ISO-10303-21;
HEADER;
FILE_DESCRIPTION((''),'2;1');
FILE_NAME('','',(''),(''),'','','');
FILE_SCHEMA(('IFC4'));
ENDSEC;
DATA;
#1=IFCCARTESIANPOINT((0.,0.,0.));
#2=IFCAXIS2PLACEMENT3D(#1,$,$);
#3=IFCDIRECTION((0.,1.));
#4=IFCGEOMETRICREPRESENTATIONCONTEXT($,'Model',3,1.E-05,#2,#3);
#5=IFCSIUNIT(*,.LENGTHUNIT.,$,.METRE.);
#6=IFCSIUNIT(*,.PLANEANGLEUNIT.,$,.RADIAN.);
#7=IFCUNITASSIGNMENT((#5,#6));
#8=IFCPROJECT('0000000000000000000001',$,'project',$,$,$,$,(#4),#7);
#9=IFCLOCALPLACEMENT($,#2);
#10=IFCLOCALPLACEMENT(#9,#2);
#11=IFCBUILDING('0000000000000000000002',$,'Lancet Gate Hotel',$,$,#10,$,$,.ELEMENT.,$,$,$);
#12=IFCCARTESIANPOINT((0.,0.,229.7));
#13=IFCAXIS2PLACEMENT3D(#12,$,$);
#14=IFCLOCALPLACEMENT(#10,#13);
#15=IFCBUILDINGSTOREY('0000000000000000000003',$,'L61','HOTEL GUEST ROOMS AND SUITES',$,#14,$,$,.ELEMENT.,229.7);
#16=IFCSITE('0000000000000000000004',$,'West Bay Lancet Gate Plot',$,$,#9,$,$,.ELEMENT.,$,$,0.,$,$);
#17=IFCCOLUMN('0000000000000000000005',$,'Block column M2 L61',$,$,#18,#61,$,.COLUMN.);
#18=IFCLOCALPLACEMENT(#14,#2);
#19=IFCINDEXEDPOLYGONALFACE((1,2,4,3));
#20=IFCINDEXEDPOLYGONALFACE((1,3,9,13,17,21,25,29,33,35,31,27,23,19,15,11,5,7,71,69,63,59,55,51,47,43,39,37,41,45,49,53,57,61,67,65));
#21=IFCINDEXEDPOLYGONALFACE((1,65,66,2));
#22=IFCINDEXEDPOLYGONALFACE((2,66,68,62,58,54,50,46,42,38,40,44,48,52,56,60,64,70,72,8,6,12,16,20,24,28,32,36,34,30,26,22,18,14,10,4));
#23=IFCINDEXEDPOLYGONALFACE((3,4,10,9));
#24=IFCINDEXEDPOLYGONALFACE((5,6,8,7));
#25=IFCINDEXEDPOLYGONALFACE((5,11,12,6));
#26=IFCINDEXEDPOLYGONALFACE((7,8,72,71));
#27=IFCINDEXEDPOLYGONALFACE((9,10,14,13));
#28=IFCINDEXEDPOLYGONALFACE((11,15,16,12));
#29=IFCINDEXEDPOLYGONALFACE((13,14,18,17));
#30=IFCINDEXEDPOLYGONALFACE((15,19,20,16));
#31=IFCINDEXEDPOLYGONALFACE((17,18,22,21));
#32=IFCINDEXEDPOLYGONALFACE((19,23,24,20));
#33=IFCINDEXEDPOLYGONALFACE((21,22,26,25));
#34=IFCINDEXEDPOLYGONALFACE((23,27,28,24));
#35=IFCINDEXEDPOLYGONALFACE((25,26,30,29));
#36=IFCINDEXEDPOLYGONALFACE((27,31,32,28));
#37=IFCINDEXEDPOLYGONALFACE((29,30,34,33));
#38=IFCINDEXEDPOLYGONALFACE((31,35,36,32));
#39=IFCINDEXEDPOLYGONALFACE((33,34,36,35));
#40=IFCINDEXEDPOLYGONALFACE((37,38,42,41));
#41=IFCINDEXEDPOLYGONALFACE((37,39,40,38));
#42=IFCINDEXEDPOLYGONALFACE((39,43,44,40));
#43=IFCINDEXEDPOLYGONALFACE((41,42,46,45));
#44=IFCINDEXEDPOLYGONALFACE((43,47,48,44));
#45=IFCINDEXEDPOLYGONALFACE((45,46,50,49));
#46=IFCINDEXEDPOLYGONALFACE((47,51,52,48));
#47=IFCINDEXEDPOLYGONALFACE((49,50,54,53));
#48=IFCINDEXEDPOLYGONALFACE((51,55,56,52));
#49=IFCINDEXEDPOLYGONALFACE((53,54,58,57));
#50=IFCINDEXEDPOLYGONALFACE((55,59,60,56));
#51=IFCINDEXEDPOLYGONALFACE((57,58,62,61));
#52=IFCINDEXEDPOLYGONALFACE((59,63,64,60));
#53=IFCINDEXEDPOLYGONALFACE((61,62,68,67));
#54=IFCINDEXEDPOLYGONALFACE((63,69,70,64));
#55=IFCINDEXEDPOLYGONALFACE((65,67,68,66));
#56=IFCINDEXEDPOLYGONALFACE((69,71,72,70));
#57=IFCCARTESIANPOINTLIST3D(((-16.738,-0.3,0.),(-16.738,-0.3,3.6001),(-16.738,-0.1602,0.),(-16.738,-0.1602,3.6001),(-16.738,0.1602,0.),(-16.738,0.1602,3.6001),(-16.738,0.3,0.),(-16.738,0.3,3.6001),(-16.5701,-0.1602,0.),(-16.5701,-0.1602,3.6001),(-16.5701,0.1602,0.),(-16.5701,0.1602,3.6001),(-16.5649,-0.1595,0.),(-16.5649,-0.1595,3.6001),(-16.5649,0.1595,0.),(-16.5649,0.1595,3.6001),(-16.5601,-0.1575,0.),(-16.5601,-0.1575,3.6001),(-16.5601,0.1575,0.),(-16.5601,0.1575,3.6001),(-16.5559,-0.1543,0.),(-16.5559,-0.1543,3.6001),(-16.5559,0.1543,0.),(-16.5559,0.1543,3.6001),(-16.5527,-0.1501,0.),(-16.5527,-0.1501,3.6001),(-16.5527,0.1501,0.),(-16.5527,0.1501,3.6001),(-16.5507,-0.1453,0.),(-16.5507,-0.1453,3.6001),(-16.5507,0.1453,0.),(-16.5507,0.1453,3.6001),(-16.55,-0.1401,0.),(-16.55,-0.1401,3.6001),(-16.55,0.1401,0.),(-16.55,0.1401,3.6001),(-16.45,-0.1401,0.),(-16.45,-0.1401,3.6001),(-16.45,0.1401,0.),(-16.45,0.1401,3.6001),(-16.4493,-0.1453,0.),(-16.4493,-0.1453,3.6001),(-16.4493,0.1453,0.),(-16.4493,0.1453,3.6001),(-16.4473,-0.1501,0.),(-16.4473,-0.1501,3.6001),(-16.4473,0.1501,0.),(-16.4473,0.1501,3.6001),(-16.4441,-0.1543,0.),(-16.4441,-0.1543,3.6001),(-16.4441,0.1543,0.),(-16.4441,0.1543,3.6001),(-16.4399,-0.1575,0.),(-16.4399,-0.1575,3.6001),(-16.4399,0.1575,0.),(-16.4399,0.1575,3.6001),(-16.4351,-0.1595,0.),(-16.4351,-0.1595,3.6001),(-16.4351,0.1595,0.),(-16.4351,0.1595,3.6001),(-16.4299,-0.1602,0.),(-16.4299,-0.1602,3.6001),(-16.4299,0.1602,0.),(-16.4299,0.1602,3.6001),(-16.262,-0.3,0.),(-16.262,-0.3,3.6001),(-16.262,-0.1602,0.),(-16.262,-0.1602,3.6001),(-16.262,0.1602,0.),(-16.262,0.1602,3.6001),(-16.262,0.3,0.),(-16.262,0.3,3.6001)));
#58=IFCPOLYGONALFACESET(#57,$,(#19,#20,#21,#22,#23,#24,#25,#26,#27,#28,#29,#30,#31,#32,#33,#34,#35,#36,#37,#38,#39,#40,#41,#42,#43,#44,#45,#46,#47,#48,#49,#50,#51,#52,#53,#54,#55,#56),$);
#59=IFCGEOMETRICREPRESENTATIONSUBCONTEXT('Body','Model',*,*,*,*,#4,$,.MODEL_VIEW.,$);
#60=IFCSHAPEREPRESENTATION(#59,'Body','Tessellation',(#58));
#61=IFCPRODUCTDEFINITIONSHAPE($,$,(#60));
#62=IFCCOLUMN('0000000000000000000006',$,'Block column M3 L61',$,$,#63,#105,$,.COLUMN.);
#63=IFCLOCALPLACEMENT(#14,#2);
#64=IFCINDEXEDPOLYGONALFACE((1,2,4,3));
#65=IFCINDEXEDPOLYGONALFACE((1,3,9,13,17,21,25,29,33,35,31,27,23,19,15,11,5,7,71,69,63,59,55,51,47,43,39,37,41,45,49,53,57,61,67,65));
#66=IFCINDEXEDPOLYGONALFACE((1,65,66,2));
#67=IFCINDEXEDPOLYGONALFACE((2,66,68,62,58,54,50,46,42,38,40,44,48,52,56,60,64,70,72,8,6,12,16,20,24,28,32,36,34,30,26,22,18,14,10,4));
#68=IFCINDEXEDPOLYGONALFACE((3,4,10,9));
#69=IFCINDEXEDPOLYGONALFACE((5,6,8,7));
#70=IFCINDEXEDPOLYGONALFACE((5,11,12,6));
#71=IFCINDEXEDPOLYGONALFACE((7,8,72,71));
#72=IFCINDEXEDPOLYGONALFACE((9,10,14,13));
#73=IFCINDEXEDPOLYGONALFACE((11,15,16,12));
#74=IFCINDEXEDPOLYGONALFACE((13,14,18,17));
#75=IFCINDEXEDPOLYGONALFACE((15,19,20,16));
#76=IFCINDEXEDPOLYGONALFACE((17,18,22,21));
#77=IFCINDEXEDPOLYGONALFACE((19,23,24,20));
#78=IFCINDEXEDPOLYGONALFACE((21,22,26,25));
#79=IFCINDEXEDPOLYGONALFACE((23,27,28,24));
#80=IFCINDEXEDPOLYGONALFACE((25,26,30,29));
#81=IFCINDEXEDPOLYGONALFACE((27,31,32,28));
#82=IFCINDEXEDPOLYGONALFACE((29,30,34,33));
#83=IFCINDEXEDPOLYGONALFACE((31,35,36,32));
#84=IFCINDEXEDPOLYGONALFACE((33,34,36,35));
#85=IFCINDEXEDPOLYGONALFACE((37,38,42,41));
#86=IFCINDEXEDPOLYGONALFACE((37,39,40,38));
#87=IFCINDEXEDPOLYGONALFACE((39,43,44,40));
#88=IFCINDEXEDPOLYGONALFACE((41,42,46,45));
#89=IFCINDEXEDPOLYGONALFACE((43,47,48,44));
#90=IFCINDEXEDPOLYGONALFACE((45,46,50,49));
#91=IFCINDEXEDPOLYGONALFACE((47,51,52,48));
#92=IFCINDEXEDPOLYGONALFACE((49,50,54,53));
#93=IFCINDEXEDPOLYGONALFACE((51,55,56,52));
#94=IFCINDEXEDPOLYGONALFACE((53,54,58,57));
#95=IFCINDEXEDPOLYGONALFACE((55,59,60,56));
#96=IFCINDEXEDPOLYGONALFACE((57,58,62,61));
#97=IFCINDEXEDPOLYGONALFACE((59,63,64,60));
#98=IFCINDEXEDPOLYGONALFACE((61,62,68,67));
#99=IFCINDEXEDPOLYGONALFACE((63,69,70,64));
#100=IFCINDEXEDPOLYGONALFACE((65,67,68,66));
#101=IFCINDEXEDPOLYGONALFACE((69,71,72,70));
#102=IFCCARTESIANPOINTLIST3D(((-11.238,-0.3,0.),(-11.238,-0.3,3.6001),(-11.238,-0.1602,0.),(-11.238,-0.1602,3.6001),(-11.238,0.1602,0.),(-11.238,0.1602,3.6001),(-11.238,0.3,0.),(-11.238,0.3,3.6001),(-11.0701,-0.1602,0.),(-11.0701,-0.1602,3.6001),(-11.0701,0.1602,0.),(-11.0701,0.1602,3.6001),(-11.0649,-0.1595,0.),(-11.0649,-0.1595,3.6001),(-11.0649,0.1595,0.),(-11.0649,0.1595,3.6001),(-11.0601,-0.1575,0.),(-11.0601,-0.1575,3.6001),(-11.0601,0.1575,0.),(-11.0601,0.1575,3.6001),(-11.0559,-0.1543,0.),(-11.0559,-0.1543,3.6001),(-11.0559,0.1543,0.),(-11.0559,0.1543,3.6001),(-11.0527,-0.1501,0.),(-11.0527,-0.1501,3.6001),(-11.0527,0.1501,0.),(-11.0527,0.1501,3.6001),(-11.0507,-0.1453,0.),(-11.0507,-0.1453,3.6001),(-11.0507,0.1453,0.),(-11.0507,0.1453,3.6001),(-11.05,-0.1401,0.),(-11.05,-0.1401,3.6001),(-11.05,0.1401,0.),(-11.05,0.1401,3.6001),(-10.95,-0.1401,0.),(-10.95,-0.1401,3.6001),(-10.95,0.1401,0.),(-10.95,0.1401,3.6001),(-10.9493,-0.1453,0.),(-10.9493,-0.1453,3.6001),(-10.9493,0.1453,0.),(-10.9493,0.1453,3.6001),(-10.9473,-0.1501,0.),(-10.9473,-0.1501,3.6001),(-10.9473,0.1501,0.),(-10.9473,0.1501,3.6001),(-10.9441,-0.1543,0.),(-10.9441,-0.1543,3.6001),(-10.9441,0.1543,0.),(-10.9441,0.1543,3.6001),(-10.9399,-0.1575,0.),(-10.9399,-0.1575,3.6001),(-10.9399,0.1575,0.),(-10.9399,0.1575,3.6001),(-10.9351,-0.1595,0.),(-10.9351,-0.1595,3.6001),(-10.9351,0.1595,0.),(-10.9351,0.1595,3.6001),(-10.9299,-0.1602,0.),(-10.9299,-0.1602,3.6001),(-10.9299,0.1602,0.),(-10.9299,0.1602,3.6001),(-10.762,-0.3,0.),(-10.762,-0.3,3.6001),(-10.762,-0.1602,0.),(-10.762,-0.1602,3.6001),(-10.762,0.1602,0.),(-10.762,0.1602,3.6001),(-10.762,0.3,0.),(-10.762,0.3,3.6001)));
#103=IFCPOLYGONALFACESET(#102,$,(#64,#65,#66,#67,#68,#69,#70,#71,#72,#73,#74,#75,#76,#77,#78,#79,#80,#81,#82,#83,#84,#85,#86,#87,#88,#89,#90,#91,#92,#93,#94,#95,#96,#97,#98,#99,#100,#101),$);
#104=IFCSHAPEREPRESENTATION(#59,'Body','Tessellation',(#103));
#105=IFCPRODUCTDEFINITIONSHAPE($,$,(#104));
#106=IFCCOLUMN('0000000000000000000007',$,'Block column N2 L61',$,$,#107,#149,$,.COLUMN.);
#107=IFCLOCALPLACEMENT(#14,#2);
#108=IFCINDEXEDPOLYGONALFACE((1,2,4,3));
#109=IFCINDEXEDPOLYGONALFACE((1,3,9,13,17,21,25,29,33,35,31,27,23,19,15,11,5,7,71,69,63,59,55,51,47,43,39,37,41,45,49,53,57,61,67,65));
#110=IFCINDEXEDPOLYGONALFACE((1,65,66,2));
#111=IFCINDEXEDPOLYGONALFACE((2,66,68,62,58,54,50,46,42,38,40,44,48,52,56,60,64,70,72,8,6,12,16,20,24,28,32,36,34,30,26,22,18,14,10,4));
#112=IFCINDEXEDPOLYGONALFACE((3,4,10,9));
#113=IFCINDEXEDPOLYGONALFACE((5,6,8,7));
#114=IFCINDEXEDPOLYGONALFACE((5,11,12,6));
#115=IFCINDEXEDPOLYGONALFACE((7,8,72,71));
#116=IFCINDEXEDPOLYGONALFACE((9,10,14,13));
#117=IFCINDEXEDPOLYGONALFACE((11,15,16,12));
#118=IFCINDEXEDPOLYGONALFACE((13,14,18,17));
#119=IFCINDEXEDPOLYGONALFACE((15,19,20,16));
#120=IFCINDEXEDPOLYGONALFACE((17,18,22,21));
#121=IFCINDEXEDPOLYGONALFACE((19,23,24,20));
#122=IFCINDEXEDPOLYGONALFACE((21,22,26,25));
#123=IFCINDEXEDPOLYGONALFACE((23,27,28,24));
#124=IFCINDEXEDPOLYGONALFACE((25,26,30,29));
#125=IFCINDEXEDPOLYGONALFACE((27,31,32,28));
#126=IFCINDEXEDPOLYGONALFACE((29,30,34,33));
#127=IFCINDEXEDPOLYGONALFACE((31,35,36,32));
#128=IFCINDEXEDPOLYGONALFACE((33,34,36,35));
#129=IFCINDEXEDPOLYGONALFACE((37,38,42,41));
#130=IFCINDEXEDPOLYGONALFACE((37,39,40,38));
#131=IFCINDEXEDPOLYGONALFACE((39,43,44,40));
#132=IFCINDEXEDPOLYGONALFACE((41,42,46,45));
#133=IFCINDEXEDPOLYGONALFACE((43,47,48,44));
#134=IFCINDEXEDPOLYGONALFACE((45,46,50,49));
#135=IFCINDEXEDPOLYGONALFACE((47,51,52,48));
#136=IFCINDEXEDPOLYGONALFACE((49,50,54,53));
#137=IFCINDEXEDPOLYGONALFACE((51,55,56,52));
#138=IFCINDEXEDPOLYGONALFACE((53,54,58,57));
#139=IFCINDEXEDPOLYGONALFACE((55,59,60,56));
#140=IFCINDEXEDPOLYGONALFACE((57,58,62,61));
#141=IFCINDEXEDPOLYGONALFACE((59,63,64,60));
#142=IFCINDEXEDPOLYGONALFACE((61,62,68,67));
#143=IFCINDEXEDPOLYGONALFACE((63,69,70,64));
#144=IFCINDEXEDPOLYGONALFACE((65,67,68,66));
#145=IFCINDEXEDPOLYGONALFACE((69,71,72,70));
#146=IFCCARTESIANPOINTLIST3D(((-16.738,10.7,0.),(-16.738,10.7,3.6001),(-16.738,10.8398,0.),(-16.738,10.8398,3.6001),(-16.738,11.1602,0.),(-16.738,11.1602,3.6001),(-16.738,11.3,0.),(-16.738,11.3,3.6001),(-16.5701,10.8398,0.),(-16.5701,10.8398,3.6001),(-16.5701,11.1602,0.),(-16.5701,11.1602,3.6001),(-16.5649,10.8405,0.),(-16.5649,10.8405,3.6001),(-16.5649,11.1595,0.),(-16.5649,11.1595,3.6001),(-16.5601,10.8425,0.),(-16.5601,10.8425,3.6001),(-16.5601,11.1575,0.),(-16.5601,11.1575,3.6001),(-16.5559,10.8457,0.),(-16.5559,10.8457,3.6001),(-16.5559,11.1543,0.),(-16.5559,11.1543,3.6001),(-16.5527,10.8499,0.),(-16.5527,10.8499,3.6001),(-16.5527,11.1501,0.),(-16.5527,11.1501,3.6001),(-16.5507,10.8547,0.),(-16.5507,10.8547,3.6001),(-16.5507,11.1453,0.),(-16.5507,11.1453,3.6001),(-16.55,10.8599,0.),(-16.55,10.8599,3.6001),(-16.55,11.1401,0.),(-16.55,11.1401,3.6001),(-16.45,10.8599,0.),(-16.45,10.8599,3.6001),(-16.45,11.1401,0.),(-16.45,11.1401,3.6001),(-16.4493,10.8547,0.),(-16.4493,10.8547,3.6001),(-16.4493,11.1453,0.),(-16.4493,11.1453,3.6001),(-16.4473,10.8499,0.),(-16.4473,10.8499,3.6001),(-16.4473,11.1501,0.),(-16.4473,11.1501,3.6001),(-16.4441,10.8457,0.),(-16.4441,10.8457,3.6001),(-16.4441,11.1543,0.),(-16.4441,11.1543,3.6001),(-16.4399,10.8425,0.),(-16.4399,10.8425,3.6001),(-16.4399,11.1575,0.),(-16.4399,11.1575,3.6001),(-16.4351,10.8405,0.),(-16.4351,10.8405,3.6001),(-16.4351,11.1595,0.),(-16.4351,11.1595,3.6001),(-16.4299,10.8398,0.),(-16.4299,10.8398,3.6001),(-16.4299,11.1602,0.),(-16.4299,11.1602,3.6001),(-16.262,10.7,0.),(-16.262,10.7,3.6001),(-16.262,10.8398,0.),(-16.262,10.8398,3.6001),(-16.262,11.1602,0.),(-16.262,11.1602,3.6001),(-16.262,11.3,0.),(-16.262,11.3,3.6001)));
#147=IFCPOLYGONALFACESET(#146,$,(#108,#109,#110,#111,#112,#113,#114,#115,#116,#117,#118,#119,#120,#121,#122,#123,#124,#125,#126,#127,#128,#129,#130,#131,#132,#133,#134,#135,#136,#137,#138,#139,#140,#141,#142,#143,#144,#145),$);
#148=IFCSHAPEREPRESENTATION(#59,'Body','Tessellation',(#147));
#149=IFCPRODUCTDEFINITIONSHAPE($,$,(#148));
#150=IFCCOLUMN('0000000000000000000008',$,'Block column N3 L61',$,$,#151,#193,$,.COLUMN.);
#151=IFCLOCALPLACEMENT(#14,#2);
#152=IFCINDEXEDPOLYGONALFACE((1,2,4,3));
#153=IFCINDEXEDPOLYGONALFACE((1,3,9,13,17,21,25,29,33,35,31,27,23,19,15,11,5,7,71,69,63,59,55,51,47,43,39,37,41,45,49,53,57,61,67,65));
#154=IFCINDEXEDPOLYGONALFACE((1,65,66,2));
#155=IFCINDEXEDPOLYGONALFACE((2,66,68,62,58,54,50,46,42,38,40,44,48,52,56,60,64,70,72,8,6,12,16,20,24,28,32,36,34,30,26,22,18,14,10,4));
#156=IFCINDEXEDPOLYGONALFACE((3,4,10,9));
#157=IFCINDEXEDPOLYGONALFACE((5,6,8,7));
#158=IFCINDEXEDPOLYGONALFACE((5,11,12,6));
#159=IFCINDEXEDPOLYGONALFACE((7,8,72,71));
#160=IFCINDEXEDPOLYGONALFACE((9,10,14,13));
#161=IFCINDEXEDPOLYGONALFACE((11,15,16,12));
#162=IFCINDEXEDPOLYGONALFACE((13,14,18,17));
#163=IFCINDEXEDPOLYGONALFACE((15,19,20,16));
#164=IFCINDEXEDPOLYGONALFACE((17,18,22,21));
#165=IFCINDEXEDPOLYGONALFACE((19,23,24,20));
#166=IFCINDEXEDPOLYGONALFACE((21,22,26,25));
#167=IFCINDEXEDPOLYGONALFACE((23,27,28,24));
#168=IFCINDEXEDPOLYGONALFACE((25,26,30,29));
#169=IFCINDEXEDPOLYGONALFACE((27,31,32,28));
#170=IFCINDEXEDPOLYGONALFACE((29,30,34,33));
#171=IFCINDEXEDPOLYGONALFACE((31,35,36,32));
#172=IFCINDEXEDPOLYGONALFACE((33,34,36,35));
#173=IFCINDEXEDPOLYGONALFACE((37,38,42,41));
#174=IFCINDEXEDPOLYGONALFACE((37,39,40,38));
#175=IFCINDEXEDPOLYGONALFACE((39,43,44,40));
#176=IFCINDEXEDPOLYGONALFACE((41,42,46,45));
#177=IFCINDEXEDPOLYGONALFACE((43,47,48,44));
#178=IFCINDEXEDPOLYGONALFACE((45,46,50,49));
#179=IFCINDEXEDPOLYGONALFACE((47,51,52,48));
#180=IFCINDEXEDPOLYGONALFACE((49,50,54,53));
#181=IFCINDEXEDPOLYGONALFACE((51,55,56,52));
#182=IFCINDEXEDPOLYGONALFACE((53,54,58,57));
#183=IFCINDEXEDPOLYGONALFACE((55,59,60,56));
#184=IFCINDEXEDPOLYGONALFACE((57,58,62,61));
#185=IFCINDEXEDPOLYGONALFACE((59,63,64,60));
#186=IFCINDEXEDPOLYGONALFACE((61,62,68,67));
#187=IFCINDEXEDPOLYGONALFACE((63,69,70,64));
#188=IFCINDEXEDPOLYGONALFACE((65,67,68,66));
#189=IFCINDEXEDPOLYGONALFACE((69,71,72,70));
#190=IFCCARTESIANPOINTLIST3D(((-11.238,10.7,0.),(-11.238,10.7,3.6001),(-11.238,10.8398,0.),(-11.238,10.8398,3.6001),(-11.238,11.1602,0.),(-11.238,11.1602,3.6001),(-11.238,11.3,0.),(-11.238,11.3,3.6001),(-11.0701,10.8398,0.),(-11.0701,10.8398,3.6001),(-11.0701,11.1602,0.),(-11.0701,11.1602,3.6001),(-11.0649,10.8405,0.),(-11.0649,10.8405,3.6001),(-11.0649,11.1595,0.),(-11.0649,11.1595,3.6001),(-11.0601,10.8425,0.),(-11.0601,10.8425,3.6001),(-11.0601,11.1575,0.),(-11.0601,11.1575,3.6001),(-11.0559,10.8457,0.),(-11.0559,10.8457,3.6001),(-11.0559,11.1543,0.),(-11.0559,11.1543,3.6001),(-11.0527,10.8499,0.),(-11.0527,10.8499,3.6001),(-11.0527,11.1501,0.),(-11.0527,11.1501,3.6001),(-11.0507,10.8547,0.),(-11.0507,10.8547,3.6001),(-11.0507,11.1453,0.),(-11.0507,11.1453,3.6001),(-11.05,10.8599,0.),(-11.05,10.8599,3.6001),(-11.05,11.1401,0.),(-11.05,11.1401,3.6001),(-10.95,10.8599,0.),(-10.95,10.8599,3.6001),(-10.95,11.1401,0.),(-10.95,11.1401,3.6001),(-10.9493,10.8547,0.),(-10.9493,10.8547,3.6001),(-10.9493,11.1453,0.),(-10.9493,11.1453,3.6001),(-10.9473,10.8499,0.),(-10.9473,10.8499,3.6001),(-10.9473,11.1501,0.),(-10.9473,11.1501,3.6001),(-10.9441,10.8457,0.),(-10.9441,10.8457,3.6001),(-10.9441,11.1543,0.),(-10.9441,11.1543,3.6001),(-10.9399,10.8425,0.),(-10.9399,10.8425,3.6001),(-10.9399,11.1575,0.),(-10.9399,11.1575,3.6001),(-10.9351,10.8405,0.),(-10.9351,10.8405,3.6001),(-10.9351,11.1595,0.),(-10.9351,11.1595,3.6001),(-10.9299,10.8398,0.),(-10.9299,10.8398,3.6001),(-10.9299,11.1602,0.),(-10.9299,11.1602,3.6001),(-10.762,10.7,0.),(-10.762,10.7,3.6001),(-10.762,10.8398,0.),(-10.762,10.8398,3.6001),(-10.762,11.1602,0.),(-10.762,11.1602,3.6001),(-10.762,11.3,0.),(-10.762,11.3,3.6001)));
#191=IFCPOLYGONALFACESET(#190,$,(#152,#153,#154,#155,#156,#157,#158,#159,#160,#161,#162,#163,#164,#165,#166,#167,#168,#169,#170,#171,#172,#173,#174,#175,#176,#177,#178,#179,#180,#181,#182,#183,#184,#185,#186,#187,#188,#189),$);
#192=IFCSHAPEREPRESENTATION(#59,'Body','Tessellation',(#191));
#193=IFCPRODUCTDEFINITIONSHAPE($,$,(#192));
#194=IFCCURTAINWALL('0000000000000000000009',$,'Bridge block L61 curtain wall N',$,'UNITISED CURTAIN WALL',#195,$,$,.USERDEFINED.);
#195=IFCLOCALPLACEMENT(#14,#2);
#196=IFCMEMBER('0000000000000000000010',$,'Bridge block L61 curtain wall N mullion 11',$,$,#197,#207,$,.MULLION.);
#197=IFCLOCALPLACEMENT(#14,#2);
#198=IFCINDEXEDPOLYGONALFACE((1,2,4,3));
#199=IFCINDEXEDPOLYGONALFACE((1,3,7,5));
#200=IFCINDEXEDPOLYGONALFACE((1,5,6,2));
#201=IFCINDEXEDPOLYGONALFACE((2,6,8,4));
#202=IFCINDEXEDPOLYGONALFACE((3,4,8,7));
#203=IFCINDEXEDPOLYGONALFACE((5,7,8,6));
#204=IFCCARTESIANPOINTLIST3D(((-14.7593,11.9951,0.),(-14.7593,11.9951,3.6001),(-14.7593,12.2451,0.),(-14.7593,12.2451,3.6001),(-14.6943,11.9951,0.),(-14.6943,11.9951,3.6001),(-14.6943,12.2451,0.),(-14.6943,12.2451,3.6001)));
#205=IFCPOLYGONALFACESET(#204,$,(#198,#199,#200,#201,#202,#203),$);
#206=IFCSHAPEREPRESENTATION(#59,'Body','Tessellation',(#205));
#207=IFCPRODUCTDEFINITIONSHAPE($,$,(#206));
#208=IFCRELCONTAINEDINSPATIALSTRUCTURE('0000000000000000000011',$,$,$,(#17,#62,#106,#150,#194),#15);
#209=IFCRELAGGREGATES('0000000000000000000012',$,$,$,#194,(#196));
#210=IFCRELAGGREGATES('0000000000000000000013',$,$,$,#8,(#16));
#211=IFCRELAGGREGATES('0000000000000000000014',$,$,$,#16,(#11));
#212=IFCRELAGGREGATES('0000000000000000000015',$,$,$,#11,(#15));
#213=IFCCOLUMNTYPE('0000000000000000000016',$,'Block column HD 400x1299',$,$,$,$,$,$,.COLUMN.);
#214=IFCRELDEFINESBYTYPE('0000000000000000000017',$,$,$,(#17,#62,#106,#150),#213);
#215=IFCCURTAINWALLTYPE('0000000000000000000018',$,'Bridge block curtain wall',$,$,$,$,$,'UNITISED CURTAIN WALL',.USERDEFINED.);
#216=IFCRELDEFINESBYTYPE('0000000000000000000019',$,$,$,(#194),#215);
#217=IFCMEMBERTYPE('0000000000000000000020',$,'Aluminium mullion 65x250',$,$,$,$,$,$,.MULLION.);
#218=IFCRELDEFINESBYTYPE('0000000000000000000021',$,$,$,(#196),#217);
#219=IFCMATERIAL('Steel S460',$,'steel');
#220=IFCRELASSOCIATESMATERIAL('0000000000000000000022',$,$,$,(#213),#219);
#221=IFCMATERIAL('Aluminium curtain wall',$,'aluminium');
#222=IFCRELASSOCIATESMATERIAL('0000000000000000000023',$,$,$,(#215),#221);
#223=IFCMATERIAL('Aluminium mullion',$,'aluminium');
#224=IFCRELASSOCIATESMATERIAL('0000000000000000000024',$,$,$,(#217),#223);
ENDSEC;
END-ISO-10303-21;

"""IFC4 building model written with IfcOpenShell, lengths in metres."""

from ifc_helpers import new_model, si_unit, direction, frame, origin, origin_2d, place, context, subcontext, project, spatial, rectangle, i_section, extrude, material, material_profile, profile_set, type_object, element, aggregate, save


model = new_model("IFC4")

# Units and contexts
model_context = context("Model", 3, precision=1e-05, world=origin(), true_north=direction((0.0, 1.0)))
body_context = subcontext(model_context, "Body", "Model", "MODEL_VIEW")
ifc_project = project(units=[si_unit("LENGTHUNIT", "METRE"), si_unit("PLANEANGLEUNIT", "RADIAN")], contexts=[model_context])

# Site, building, storey
site_placement = place(None, origin())
site = spatial("IfcSite", under=ifc_project, at=site_placement, Name="West Bay Lancet Gate Plot", CompositionType="ELEMENT", RefElevation=0.0)
building_placement = place(site_placement, origin())
building = spatial("IfcBuilding", under=site, at=building_placement, Name="Lancet Gate Hotel", CompositionType="ELEMENT")
storey_placement = place(building_placement, frame((0.0, 0.0, 229.7)))
storey = spatial("IfcBuildingStorey", under=building, at=storey_placement, Name="L61", Description="HOTEL GUEST ROOMS AND SUITES", CompositionType="ELEMENT", Elevation=229.7)

# Columns
ifc_material_1 = material(Name="Steel S460", Category="steel")
ifc_material_profile_1 = material_profile(ifc_material_1, i_section(OverallWidth=0.4761, OverallDepth=0.6001, WebThickness=0.1001, FlangeThickness=0.1399, FilletRadius=0.02, at=origin_2d()), Name="HD 400x1299")
ifc_profile_set_1 = profile_set([ifc_material_profile_1], Name="Steel S460")
column_type = type_object("IfcColumnType", Name="Block column HD 400x1299", PredefinedType="COLUMN", material=ifc_profile_set_1)
for number, where, z_axis, x_axis, name in (
    (1, (-16.5, 0.0, 0.0), (0.0, 0.0, 1.0), (1.0, 0.0, 0.0), "Block column M2 L61"),
    (2, (-11.0, 0.0, 0.0), (0.0, 0.0, 1.0), (1.0, 0.0, 0.0), "Block column M3 L61"),
    (3, (-16.5, 11.0, 0.0), (0.0, 0.0, 1.0), (1.0, 0.0, 0.0), "Block column N2 L61"),
    (4, (-11.0, 11.0, 0.0), (0.0, 0.0, 1.0), (1.0, 0.0, 0.0), "Block column N3 L61"),
):
    element("IfcColumn", number, at=place(storey_placement, frame(where, z_axis=z_axis, x_axis=x_axis)), inside=storey, type_object=column_type, Name=name, PredefinedType="COLUMN", context=body_context, shape_type="SweptSolid", body=[
        extrude(i_section(OverallWidth=0.4761, OverallDepth=0.6001, WebThickness=0.1001, FlangeThickness=0.1399, FilletRadius=0.02, at=origin_2d()), origin(), (0.0, 0.0, 1.0), 3.6001),
    ])

# Curtain wall, member
ifc_material_2 = material(Name="Aluminium curtain wall", Category="aluminium")
curtain_wall_type = type_object("IfcCurtainWallType", Name="Bridge block curtain wall", ElementType="UNITISED CURTAIN WALL", PredefinedType="USERDEFINED", material=ifc_material_2)
curtain_wall_placement = place(storey_placement, origin())
curtain_wall = element("IfcCurtainWall", 5, at=curtain_wall_placement, inside=storey, type_object=curtain_wall_type, Name="Bridge block L61 curtain wall N", ObjectType="UNITISED CURTAIN WALL", PredefinedType="USERDEFINED")
ifc_material_3 = material(Name="Aluminium mullion", Category="aluminium")
ifc_material_profile_2 = material_profile(ifc_material_3, rectangle(XDim=0.0649, YDim=0.25, at=origin_2d()), Name="MULLION 65x250")
ifc_profile_set_2 = profile_set([ifc_material_profile_2], Name="Aluminium mullion")
member_type_1 = type_object("IfcMemberType", Name="Aluminium mullion 65x250", PredefinedType="MULLION", material=ifc_profile_set_2)
member_1_placement = place(storey_placement, frame((-14.7268, 12.1201, 0.0), z_axis=(0.0, 0.0, 1.0), x_axis=(-1.0, 0.0, 0.0)))
member_1 = element("IfcMember", 6, at=member_1_placement, type_object=member_type_1, Name="Bridge block L61 curtain wall N mullion 11", PredefinedType="MULLION", context=body_context, shape_type="SweptSolid", body=[
    extrude(rectangle(XDim=0.0649, YDim=0.25, at=origin_2d()), origin(), (0.0, 0.0, 1.0), 3.6001),
])

aggregate(curtain_wall, [member_1])

save(model, "model.ifc")
